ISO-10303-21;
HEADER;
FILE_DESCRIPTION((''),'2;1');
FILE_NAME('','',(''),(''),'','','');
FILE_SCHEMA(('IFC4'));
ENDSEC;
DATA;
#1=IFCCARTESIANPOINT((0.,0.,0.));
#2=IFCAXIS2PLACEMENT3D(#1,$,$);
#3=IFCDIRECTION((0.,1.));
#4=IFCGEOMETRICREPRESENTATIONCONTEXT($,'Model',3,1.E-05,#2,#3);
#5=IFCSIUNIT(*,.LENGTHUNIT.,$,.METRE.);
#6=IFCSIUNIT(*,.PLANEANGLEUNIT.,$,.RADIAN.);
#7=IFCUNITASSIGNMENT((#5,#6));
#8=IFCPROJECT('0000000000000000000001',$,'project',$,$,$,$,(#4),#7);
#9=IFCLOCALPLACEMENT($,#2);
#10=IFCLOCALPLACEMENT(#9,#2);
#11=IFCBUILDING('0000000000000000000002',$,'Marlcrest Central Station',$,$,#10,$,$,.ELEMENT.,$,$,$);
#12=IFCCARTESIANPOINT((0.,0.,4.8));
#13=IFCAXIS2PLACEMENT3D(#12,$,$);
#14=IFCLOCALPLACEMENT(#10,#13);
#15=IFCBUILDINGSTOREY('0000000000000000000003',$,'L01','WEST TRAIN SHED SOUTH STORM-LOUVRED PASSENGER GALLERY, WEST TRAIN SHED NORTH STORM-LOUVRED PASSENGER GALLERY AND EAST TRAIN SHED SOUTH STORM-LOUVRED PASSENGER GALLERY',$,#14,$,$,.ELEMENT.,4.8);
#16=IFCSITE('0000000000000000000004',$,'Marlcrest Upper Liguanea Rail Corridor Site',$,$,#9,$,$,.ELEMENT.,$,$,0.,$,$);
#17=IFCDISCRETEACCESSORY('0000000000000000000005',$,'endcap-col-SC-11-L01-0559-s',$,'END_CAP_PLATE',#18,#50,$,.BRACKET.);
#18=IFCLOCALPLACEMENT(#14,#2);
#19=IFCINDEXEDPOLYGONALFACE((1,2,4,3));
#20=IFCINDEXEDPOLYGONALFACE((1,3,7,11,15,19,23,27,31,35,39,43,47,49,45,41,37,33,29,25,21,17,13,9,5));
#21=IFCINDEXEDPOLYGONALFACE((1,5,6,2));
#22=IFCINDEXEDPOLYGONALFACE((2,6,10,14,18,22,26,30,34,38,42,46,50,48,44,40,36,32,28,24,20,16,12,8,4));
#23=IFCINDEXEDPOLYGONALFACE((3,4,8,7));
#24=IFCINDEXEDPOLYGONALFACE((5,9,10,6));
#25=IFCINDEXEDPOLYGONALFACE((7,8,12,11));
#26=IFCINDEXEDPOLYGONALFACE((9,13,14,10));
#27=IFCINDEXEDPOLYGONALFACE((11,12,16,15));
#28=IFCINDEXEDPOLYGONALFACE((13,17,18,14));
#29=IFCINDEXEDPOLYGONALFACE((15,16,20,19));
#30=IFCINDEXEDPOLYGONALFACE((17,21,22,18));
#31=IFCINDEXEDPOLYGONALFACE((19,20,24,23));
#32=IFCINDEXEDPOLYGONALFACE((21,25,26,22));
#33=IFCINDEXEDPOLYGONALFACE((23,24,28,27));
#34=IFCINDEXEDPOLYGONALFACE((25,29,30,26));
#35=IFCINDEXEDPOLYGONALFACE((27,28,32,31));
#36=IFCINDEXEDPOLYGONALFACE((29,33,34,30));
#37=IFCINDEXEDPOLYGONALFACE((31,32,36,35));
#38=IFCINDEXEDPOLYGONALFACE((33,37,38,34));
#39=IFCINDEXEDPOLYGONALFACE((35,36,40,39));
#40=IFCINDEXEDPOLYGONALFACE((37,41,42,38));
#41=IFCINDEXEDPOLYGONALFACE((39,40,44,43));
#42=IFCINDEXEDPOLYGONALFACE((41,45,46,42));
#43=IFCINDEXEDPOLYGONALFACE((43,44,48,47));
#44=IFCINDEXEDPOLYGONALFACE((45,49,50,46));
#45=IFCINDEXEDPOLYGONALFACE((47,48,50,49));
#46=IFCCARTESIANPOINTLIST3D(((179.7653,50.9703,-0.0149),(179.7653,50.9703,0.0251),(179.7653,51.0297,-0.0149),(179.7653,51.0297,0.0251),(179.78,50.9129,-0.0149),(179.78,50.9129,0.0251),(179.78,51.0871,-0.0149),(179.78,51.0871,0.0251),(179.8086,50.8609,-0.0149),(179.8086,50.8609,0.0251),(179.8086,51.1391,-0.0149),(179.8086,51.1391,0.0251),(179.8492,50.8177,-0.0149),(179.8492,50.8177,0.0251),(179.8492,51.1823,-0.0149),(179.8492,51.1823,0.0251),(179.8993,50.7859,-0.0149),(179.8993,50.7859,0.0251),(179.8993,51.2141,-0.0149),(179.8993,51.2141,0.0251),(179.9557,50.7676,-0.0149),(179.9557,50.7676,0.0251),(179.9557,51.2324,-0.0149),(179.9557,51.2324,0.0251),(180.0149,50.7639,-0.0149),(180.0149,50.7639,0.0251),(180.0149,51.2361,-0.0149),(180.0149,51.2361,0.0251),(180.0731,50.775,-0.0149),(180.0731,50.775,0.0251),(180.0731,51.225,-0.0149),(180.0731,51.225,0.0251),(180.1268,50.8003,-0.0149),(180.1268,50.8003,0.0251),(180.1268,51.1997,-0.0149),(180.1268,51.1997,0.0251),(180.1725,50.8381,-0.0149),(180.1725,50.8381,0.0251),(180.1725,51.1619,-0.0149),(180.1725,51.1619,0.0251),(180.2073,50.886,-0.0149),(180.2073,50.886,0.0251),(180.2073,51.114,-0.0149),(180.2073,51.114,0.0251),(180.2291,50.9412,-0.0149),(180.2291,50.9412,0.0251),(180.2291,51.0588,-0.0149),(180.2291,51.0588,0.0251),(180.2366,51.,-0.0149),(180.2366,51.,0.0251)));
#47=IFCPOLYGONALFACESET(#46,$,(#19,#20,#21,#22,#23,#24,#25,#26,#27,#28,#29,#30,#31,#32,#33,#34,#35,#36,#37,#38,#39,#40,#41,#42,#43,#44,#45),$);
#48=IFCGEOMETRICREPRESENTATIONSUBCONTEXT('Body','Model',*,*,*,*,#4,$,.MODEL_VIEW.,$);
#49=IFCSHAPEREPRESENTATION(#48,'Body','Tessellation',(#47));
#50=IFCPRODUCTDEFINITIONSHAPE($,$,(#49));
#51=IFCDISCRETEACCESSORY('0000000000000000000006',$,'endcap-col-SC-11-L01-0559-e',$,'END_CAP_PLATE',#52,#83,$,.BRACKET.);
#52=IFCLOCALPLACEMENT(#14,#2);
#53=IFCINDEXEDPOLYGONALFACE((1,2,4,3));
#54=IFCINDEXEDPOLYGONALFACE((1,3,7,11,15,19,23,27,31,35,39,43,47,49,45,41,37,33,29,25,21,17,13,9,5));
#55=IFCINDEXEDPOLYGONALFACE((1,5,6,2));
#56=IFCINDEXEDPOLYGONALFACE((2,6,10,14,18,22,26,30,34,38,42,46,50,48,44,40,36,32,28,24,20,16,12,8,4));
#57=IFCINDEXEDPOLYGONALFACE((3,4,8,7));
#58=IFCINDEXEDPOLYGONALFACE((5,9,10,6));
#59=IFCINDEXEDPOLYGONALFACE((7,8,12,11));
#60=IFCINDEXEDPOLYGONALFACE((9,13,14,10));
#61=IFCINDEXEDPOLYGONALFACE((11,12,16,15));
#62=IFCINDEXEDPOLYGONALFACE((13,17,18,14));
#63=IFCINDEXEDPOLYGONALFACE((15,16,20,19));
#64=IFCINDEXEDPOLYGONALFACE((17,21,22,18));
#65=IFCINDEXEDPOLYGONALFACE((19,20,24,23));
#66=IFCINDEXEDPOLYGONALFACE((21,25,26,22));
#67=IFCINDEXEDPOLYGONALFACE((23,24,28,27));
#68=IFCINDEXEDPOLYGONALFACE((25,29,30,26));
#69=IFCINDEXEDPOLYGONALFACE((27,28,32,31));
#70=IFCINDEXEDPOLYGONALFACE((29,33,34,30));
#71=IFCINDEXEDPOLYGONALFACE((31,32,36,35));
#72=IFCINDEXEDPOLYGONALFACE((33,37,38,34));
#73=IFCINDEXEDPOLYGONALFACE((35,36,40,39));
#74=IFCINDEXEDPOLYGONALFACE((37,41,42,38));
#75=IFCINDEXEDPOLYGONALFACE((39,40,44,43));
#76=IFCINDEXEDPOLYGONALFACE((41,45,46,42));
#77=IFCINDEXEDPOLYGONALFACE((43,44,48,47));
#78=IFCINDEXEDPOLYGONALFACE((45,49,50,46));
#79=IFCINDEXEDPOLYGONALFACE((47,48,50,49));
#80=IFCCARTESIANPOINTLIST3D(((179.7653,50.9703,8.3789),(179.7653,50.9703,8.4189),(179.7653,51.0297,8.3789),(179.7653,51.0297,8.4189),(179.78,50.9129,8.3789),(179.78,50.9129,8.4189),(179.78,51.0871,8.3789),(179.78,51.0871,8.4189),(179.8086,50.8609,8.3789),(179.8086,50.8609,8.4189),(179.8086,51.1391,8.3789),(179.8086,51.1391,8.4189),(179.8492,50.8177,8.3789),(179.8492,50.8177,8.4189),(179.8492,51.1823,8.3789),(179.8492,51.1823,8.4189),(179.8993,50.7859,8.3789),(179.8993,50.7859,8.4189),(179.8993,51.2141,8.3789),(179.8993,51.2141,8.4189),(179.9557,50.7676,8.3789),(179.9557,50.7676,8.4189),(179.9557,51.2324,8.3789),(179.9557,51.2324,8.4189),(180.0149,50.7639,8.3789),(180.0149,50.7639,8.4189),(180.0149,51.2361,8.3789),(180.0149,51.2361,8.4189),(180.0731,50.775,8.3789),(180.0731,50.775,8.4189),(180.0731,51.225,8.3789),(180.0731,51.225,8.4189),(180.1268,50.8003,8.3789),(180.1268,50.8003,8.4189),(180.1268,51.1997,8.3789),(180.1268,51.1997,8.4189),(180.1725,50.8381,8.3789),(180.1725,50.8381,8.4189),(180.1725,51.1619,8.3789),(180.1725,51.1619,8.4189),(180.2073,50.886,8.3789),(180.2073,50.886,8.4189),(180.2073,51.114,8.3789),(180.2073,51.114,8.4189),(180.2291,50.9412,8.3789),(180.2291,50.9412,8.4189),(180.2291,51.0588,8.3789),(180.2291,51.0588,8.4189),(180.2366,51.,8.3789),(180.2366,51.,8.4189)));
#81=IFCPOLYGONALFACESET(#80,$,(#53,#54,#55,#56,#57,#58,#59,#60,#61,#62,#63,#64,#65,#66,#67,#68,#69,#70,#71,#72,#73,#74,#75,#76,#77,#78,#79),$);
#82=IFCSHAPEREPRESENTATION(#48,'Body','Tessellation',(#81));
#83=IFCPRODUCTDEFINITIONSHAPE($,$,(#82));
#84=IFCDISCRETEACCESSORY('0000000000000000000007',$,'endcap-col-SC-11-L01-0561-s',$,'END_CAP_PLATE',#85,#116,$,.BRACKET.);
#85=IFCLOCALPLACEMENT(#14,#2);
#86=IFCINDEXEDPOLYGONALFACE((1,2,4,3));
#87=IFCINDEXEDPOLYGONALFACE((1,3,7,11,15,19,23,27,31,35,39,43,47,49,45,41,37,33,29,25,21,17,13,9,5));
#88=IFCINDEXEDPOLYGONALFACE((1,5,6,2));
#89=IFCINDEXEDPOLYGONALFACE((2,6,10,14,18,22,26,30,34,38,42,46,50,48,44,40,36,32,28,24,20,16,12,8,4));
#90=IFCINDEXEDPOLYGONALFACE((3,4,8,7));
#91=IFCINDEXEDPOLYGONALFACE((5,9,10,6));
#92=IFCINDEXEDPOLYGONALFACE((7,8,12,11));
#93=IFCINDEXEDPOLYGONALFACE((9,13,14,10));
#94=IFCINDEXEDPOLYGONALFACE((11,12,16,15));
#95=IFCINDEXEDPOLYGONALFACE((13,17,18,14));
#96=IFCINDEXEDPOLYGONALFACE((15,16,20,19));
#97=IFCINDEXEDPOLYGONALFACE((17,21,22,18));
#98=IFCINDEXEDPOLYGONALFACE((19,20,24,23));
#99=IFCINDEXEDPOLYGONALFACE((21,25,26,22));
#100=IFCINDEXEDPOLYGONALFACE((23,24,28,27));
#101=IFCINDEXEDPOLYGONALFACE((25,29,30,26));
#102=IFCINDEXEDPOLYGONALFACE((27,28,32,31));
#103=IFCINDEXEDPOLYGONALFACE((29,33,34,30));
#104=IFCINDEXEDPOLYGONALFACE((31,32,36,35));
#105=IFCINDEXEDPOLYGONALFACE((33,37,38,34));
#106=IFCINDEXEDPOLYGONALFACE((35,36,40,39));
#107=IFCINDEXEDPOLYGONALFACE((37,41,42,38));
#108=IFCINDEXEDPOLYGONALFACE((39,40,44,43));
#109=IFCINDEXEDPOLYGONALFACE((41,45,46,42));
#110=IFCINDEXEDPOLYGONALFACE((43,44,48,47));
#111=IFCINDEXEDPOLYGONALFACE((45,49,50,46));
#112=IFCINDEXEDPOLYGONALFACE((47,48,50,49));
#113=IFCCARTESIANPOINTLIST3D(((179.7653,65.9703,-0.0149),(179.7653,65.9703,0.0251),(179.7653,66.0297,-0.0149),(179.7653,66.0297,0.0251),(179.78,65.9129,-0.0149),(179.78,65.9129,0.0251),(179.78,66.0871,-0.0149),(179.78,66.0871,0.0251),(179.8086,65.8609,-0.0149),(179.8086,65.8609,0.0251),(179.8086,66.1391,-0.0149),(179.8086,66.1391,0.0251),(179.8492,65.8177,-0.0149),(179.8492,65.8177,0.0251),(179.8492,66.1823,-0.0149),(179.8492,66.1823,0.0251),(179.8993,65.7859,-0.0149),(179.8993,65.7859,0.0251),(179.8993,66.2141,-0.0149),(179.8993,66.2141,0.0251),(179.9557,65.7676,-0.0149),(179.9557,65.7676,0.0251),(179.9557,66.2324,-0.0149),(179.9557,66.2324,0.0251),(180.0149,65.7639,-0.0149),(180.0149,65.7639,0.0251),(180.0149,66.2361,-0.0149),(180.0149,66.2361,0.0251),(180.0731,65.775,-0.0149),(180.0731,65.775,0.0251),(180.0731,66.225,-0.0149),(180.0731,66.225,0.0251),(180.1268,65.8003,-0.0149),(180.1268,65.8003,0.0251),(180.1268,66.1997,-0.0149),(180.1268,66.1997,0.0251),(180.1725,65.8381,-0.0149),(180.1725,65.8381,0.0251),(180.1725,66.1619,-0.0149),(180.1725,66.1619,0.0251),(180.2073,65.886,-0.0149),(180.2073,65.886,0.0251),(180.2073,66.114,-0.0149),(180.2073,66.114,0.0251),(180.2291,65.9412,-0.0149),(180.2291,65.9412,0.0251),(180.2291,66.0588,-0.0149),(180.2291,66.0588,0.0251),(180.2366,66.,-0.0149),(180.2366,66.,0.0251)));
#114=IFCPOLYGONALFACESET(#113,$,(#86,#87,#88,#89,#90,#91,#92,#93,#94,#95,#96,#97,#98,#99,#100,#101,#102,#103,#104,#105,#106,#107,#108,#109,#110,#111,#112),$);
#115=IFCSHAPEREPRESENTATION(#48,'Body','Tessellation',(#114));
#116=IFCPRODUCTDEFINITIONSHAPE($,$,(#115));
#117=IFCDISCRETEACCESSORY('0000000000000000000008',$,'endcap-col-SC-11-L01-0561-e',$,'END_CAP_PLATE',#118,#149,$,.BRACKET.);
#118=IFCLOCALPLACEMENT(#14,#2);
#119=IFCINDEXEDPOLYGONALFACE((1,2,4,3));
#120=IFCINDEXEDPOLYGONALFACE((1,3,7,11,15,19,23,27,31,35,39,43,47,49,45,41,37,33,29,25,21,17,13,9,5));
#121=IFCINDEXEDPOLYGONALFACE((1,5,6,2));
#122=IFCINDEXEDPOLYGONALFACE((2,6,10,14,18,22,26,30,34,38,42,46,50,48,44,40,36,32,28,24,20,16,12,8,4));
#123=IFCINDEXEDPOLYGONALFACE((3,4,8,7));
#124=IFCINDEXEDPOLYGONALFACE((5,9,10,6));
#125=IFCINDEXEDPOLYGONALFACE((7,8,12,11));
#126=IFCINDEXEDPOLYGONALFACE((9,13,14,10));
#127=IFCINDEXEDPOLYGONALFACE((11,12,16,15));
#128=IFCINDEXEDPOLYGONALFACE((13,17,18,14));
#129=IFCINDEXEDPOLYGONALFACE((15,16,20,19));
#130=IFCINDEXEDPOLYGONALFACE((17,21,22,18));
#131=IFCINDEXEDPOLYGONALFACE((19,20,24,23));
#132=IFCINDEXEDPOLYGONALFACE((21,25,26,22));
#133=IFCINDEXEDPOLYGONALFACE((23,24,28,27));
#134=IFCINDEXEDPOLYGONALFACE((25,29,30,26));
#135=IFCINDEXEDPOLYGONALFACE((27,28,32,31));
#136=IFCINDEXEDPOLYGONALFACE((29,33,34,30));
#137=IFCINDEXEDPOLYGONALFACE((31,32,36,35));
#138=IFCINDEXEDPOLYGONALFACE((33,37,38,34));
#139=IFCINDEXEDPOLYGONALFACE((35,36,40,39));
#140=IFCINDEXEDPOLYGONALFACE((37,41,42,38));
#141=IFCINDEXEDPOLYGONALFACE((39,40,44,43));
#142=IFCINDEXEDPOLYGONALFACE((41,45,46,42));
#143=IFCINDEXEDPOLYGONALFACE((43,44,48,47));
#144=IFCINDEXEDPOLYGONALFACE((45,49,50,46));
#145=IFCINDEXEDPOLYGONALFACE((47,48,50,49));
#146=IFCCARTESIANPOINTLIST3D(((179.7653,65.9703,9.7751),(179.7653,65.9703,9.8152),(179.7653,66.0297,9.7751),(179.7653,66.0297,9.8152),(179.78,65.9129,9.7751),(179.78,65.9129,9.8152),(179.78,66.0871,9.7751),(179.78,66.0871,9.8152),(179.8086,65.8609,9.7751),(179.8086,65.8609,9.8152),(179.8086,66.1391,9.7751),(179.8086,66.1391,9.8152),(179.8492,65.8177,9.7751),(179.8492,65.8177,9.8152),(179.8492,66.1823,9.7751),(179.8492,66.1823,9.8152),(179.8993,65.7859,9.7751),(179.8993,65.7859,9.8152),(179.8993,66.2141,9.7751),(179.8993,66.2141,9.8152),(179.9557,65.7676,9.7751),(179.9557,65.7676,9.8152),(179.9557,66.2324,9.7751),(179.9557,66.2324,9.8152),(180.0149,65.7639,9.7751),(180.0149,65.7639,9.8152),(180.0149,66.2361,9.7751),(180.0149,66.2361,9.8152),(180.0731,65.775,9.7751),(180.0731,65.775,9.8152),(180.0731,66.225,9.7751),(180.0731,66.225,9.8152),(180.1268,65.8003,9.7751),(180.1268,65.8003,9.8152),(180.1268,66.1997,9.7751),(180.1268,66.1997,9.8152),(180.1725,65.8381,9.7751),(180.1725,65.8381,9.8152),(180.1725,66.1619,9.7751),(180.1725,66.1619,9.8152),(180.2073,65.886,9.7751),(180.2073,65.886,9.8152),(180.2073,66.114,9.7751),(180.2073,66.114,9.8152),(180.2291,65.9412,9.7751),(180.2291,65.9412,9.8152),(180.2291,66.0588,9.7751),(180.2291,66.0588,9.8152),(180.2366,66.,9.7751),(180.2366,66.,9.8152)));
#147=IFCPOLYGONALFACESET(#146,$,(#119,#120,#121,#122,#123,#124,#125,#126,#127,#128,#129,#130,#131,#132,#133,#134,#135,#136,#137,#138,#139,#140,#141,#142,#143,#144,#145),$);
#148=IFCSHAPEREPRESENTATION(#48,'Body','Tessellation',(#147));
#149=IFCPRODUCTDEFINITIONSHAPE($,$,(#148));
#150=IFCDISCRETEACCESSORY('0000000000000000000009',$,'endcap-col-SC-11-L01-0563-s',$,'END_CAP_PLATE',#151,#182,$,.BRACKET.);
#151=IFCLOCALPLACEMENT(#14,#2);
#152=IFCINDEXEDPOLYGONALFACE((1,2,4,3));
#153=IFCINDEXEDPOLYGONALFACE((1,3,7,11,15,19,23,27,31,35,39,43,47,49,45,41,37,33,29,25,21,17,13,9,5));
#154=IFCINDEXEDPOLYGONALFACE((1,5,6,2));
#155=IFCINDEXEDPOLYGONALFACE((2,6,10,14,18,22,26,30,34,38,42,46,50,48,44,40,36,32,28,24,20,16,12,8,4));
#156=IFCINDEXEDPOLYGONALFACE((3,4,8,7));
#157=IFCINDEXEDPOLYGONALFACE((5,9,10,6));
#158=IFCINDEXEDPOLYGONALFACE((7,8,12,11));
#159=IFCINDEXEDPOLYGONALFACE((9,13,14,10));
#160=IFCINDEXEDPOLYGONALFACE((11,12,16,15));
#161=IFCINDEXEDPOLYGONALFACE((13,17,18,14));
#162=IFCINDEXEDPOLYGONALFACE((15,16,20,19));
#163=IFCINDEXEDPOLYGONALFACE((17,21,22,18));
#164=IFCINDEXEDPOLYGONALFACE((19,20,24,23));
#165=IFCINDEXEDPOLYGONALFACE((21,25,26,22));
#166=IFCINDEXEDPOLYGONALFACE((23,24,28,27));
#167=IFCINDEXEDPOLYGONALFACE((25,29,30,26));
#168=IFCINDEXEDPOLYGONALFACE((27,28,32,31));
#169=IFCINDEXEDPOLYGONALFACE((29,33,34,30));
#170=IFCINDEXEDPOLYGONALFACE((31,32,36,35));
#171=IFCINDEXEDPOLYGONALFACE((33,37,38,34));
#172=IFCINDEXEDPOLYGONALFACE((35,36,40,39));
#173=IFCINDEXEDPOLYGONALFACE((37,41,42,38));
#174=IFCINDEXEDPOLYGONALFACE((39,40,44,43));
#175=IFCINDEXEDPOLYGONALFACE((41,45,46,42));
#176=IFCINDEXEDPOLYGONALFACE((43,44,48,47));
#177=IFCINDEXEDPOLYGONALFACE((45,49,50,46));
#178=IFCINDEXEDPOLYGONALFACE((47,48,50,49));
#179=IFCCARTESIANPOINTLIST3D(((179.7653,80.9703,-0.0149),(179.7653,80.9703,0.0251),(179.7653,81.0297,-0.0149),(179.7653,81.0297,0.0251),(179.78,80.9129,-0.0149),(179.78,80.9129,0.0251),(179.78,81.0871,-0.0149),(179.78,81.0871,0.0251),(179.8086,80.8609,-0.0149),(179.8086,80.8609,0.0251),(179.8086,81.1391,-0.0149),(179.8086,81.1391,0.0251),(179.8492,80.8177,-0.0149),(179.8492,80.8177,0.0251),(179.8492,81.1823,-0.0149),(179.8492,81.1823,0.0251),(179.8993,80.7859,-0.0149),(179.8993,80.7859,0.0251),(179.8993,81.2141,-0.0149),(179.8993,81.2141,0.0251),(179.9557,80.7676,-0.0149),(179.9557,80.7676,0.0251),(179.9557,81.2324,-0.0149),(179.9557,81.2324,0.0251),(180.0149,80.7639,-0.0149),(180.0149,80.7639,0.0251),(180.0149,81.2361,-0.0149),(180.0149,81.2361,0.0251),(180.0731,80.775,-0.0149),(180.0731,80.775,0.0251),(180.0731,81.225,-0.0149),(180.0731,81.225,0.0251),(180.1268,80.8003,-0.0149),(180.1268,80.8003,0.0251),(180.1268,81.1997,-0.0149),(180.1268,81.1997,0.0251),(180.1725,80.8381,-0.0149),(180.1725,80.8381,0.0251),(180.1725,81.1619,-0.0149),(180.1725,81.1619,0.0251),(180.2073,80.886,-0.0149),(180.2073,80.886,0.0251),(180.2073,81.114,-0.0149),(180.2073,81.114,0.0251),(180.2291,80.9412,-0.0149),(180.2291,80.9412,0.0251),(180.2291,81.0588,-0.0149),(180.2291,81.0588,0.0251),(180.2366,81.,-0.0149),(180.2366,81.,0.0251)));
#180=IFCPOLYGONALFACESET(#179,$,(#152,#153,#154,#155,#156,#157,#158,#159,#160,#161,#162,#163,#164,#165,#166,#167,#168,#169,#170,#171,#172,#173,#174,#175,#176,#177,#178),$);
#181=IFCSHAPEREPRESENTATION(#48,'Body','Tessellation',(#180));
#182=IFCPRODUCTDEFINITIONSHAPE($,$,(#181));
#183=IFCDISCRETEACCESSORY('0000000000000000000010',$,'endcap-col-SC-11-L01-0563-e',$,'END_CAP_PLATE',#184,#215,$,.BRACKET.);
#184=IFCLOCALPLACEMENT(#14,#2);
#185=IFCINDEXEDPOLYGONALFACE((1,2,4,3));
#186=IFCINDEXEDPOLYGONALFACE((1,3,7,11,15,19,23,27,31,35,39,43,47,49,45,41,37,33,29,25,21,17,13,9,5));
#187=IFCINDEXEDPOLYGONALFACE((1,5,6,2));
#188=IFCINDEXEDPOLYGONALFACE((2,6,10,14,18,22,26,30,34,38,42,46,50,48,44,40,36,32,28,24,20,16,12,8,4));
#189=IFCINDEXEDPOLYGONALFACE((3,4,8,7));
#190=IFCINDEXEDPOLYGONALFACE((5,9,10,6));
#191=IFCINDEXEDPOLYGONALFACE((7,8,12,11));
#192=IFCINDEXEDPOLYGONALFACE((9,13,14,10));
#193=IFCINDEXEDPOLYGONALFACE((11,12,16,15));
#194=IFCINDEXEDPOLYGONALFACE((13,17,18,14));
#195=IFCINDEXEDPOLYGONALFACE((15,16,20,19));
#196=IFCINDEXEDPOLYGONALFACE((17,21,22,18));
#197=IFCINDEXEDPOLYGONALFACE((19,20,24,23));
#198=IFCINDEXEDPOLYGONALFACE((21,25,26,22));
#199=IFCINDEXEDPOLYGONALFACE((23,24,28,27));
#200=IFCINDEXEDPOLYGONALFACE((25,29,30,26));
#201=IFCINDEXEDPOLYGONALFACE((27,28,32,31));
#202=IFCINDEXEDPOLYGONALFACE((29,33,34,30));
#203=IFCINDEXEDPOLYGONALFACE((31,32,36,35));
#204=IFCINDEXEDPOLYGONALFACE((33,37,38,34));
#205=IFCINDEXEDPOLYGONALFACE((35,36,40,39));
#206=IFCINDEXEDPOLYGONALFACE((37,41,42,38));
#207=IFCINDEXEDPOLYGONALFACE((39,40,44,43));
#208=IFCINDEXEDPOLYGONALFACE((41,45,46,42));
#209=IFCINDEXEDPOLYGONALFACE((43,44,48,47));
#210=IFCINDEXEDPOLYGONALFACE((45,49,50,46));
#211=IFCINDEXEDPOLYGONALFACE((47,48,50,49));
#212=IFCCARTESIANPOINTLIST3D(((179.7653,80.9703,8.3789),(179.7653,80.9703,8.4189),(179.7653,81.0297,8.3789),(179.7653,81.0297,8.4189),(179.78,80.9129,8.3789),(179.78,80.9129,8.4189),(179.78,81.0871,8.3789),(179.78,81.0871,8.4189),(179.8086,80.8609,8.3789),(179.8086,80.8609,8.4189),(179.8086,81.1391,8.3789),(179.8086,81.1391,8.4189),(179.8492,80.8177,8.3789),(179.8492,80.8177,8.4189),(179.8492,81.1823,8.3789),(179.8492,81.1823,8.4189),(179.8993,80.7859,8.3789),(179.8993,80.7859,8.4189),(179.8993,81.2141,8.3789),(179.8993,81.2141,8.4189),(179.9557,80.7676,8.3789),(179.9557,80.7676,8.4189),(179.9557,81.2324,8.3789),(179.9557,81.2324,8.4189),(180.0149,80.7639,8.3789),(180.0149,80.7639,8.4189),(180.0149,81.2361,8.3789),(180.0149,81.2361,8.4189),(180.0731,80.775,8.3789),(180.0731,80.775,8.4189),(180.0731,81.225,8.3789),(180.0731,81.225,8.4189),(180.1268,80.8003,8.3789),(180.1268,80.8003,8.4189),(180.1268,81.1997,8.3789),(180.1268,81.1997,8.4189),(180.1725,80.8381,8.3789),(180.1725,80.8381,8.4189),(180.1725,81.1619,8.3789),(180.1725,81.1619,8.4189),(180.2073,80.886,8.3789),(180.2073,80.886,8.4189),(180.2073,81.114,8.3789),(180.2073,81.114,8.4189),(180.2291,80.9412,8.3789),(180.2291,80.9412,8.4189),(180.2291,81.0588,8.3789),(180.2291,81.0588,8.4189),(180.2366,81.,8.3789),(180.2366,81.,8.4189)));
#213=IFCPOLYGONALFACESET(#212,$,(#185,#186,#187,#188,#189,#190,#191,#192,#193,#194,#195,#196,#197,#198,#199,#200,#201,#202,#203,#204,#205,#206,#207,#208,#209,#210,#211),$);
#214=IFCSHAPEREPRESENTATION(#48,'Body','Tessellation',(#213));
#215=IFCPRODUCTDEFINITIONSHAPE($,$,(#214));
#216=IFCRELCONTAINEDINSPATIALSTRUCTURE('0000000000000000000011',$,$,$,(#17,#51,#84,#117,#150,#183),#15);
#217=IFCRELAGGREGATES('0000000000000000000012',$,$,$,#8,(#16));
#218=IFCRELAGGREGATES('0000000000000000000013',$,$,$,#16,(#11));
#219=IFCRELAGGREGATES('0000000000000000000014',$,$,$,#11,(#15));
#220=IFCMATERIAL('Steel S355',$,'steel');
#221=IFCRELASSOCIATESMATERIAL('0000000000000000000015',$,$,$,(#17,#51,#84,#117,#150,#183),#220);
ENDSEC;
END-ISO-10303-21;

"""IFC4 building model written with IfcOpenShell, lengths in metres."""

from ifc_helpers import new_model, si_unit, direction, frame, origin, origin_2d, place, context, subcontext, project, spatial, circle, extrude, material, element, save


model = new_model("IFC4")

# Units and contexts
model_context = context("Model", 3, precision=1e-05, world=origin(), true_north=direction((0.0, 1.0)))
body_context = subcontext(model_context, "Body", "Model", "MODEL_VIEW")
ifc_project = project(units=[si_unit("LENGTHUNIT", "METRE"), si_unit("PLANEANGLEUNIT", "RADIAN")], contexts=[model_context])

# Site, building, storey
site_placement = place(None, origin())
site = spatial("IfcSite", under=ifc_project, at=site_placement, Name="Marlcrest Upper Liguanea Rail Corridor Site", CompositionType="ELEMENT", RefElevation=0.0)
building_placement = place(site_placement, origin())
building = spatial("IfcBuilding", under=site, at=building_placement, Name="Marlcrest Central Station", CompositionType="ELEMENT")
storey_placement = place(building_placement, frame((0.0, 0.0, 4.8)))
storey = spatial("IfcBuildingStorey", under=building, at=storey_placement, Name="L01", Description="WEST TRAIN SHED SOUTH STORM-LOUVRED PASSENGER GALLERY, WEST TRAIN SHED NORTH STORM-LOUVRED PASSENGER GALLERY AND EAST TRAIN SHED SOUTH STORM-LOUVRED PASSENGER GALLERY", CompositionType="ELEMENT", Elevation=4.8)

# Shared definitions
ifc_material = material(Name="Steel S355", Category="steel")

# Discrete accessories
for number, where, z_axis, x_axis, name in (
    (1, (180.0, 51.0, -0.0149), (0.0, 0.0, 1.0), (1.0, 0.0, 0.0), "endcap-col-SC-11-L01-0559-s"),
    (2, (180.0, 51.0, 8.3789), (0.0, 0.0, 1.0), (1.0, 0.0, 0.0), "endcap-col-SC-11-L01-0559-e"),
    (3, (180.0, 66.0, -0.0149), (0.0, 0.0, 1.0), (1.0, 0.0, 0.0), "endcap-col-SC-11-L01-0561-s"),
    (4, (180.0, 66.0, 9.7751), (0.0, 0.0, 1.0), (1.0, 0.0, 0.0), "endcap-col-SC-11-L01-0561-e"),
    (5, (180.0, 81.0, -0.0149), (0.0, 0.0, 1.0), (1.0, 0.0, 0.0), "endcap-col-SC-11-L01-0563-s"),
    (6, (180.0, 81.0, 8.3789), (0.0, 0.0, 1.0), (1.0, 0.0, 0.0), "endcap-col-SC-11-L01-0563-e"),
):
    element("IfcDiscreteAccessory", number, at=place(storey_placement, frame(where, z_axis=z_axis, x_axis=x_axis)), inside=storey, material=ifc_material, Name=name, ObjectType="END_CAP_PLATE", PredefinedType="BRACKET", context=body_context, shape_type="SweptSolid", body=[
        extrude(circle(Radius=0.2366, at=origin_2d()), origin(), (0.0, 0.0, 1.0), 0.04),
    ])

save(model, "model.ifc")
